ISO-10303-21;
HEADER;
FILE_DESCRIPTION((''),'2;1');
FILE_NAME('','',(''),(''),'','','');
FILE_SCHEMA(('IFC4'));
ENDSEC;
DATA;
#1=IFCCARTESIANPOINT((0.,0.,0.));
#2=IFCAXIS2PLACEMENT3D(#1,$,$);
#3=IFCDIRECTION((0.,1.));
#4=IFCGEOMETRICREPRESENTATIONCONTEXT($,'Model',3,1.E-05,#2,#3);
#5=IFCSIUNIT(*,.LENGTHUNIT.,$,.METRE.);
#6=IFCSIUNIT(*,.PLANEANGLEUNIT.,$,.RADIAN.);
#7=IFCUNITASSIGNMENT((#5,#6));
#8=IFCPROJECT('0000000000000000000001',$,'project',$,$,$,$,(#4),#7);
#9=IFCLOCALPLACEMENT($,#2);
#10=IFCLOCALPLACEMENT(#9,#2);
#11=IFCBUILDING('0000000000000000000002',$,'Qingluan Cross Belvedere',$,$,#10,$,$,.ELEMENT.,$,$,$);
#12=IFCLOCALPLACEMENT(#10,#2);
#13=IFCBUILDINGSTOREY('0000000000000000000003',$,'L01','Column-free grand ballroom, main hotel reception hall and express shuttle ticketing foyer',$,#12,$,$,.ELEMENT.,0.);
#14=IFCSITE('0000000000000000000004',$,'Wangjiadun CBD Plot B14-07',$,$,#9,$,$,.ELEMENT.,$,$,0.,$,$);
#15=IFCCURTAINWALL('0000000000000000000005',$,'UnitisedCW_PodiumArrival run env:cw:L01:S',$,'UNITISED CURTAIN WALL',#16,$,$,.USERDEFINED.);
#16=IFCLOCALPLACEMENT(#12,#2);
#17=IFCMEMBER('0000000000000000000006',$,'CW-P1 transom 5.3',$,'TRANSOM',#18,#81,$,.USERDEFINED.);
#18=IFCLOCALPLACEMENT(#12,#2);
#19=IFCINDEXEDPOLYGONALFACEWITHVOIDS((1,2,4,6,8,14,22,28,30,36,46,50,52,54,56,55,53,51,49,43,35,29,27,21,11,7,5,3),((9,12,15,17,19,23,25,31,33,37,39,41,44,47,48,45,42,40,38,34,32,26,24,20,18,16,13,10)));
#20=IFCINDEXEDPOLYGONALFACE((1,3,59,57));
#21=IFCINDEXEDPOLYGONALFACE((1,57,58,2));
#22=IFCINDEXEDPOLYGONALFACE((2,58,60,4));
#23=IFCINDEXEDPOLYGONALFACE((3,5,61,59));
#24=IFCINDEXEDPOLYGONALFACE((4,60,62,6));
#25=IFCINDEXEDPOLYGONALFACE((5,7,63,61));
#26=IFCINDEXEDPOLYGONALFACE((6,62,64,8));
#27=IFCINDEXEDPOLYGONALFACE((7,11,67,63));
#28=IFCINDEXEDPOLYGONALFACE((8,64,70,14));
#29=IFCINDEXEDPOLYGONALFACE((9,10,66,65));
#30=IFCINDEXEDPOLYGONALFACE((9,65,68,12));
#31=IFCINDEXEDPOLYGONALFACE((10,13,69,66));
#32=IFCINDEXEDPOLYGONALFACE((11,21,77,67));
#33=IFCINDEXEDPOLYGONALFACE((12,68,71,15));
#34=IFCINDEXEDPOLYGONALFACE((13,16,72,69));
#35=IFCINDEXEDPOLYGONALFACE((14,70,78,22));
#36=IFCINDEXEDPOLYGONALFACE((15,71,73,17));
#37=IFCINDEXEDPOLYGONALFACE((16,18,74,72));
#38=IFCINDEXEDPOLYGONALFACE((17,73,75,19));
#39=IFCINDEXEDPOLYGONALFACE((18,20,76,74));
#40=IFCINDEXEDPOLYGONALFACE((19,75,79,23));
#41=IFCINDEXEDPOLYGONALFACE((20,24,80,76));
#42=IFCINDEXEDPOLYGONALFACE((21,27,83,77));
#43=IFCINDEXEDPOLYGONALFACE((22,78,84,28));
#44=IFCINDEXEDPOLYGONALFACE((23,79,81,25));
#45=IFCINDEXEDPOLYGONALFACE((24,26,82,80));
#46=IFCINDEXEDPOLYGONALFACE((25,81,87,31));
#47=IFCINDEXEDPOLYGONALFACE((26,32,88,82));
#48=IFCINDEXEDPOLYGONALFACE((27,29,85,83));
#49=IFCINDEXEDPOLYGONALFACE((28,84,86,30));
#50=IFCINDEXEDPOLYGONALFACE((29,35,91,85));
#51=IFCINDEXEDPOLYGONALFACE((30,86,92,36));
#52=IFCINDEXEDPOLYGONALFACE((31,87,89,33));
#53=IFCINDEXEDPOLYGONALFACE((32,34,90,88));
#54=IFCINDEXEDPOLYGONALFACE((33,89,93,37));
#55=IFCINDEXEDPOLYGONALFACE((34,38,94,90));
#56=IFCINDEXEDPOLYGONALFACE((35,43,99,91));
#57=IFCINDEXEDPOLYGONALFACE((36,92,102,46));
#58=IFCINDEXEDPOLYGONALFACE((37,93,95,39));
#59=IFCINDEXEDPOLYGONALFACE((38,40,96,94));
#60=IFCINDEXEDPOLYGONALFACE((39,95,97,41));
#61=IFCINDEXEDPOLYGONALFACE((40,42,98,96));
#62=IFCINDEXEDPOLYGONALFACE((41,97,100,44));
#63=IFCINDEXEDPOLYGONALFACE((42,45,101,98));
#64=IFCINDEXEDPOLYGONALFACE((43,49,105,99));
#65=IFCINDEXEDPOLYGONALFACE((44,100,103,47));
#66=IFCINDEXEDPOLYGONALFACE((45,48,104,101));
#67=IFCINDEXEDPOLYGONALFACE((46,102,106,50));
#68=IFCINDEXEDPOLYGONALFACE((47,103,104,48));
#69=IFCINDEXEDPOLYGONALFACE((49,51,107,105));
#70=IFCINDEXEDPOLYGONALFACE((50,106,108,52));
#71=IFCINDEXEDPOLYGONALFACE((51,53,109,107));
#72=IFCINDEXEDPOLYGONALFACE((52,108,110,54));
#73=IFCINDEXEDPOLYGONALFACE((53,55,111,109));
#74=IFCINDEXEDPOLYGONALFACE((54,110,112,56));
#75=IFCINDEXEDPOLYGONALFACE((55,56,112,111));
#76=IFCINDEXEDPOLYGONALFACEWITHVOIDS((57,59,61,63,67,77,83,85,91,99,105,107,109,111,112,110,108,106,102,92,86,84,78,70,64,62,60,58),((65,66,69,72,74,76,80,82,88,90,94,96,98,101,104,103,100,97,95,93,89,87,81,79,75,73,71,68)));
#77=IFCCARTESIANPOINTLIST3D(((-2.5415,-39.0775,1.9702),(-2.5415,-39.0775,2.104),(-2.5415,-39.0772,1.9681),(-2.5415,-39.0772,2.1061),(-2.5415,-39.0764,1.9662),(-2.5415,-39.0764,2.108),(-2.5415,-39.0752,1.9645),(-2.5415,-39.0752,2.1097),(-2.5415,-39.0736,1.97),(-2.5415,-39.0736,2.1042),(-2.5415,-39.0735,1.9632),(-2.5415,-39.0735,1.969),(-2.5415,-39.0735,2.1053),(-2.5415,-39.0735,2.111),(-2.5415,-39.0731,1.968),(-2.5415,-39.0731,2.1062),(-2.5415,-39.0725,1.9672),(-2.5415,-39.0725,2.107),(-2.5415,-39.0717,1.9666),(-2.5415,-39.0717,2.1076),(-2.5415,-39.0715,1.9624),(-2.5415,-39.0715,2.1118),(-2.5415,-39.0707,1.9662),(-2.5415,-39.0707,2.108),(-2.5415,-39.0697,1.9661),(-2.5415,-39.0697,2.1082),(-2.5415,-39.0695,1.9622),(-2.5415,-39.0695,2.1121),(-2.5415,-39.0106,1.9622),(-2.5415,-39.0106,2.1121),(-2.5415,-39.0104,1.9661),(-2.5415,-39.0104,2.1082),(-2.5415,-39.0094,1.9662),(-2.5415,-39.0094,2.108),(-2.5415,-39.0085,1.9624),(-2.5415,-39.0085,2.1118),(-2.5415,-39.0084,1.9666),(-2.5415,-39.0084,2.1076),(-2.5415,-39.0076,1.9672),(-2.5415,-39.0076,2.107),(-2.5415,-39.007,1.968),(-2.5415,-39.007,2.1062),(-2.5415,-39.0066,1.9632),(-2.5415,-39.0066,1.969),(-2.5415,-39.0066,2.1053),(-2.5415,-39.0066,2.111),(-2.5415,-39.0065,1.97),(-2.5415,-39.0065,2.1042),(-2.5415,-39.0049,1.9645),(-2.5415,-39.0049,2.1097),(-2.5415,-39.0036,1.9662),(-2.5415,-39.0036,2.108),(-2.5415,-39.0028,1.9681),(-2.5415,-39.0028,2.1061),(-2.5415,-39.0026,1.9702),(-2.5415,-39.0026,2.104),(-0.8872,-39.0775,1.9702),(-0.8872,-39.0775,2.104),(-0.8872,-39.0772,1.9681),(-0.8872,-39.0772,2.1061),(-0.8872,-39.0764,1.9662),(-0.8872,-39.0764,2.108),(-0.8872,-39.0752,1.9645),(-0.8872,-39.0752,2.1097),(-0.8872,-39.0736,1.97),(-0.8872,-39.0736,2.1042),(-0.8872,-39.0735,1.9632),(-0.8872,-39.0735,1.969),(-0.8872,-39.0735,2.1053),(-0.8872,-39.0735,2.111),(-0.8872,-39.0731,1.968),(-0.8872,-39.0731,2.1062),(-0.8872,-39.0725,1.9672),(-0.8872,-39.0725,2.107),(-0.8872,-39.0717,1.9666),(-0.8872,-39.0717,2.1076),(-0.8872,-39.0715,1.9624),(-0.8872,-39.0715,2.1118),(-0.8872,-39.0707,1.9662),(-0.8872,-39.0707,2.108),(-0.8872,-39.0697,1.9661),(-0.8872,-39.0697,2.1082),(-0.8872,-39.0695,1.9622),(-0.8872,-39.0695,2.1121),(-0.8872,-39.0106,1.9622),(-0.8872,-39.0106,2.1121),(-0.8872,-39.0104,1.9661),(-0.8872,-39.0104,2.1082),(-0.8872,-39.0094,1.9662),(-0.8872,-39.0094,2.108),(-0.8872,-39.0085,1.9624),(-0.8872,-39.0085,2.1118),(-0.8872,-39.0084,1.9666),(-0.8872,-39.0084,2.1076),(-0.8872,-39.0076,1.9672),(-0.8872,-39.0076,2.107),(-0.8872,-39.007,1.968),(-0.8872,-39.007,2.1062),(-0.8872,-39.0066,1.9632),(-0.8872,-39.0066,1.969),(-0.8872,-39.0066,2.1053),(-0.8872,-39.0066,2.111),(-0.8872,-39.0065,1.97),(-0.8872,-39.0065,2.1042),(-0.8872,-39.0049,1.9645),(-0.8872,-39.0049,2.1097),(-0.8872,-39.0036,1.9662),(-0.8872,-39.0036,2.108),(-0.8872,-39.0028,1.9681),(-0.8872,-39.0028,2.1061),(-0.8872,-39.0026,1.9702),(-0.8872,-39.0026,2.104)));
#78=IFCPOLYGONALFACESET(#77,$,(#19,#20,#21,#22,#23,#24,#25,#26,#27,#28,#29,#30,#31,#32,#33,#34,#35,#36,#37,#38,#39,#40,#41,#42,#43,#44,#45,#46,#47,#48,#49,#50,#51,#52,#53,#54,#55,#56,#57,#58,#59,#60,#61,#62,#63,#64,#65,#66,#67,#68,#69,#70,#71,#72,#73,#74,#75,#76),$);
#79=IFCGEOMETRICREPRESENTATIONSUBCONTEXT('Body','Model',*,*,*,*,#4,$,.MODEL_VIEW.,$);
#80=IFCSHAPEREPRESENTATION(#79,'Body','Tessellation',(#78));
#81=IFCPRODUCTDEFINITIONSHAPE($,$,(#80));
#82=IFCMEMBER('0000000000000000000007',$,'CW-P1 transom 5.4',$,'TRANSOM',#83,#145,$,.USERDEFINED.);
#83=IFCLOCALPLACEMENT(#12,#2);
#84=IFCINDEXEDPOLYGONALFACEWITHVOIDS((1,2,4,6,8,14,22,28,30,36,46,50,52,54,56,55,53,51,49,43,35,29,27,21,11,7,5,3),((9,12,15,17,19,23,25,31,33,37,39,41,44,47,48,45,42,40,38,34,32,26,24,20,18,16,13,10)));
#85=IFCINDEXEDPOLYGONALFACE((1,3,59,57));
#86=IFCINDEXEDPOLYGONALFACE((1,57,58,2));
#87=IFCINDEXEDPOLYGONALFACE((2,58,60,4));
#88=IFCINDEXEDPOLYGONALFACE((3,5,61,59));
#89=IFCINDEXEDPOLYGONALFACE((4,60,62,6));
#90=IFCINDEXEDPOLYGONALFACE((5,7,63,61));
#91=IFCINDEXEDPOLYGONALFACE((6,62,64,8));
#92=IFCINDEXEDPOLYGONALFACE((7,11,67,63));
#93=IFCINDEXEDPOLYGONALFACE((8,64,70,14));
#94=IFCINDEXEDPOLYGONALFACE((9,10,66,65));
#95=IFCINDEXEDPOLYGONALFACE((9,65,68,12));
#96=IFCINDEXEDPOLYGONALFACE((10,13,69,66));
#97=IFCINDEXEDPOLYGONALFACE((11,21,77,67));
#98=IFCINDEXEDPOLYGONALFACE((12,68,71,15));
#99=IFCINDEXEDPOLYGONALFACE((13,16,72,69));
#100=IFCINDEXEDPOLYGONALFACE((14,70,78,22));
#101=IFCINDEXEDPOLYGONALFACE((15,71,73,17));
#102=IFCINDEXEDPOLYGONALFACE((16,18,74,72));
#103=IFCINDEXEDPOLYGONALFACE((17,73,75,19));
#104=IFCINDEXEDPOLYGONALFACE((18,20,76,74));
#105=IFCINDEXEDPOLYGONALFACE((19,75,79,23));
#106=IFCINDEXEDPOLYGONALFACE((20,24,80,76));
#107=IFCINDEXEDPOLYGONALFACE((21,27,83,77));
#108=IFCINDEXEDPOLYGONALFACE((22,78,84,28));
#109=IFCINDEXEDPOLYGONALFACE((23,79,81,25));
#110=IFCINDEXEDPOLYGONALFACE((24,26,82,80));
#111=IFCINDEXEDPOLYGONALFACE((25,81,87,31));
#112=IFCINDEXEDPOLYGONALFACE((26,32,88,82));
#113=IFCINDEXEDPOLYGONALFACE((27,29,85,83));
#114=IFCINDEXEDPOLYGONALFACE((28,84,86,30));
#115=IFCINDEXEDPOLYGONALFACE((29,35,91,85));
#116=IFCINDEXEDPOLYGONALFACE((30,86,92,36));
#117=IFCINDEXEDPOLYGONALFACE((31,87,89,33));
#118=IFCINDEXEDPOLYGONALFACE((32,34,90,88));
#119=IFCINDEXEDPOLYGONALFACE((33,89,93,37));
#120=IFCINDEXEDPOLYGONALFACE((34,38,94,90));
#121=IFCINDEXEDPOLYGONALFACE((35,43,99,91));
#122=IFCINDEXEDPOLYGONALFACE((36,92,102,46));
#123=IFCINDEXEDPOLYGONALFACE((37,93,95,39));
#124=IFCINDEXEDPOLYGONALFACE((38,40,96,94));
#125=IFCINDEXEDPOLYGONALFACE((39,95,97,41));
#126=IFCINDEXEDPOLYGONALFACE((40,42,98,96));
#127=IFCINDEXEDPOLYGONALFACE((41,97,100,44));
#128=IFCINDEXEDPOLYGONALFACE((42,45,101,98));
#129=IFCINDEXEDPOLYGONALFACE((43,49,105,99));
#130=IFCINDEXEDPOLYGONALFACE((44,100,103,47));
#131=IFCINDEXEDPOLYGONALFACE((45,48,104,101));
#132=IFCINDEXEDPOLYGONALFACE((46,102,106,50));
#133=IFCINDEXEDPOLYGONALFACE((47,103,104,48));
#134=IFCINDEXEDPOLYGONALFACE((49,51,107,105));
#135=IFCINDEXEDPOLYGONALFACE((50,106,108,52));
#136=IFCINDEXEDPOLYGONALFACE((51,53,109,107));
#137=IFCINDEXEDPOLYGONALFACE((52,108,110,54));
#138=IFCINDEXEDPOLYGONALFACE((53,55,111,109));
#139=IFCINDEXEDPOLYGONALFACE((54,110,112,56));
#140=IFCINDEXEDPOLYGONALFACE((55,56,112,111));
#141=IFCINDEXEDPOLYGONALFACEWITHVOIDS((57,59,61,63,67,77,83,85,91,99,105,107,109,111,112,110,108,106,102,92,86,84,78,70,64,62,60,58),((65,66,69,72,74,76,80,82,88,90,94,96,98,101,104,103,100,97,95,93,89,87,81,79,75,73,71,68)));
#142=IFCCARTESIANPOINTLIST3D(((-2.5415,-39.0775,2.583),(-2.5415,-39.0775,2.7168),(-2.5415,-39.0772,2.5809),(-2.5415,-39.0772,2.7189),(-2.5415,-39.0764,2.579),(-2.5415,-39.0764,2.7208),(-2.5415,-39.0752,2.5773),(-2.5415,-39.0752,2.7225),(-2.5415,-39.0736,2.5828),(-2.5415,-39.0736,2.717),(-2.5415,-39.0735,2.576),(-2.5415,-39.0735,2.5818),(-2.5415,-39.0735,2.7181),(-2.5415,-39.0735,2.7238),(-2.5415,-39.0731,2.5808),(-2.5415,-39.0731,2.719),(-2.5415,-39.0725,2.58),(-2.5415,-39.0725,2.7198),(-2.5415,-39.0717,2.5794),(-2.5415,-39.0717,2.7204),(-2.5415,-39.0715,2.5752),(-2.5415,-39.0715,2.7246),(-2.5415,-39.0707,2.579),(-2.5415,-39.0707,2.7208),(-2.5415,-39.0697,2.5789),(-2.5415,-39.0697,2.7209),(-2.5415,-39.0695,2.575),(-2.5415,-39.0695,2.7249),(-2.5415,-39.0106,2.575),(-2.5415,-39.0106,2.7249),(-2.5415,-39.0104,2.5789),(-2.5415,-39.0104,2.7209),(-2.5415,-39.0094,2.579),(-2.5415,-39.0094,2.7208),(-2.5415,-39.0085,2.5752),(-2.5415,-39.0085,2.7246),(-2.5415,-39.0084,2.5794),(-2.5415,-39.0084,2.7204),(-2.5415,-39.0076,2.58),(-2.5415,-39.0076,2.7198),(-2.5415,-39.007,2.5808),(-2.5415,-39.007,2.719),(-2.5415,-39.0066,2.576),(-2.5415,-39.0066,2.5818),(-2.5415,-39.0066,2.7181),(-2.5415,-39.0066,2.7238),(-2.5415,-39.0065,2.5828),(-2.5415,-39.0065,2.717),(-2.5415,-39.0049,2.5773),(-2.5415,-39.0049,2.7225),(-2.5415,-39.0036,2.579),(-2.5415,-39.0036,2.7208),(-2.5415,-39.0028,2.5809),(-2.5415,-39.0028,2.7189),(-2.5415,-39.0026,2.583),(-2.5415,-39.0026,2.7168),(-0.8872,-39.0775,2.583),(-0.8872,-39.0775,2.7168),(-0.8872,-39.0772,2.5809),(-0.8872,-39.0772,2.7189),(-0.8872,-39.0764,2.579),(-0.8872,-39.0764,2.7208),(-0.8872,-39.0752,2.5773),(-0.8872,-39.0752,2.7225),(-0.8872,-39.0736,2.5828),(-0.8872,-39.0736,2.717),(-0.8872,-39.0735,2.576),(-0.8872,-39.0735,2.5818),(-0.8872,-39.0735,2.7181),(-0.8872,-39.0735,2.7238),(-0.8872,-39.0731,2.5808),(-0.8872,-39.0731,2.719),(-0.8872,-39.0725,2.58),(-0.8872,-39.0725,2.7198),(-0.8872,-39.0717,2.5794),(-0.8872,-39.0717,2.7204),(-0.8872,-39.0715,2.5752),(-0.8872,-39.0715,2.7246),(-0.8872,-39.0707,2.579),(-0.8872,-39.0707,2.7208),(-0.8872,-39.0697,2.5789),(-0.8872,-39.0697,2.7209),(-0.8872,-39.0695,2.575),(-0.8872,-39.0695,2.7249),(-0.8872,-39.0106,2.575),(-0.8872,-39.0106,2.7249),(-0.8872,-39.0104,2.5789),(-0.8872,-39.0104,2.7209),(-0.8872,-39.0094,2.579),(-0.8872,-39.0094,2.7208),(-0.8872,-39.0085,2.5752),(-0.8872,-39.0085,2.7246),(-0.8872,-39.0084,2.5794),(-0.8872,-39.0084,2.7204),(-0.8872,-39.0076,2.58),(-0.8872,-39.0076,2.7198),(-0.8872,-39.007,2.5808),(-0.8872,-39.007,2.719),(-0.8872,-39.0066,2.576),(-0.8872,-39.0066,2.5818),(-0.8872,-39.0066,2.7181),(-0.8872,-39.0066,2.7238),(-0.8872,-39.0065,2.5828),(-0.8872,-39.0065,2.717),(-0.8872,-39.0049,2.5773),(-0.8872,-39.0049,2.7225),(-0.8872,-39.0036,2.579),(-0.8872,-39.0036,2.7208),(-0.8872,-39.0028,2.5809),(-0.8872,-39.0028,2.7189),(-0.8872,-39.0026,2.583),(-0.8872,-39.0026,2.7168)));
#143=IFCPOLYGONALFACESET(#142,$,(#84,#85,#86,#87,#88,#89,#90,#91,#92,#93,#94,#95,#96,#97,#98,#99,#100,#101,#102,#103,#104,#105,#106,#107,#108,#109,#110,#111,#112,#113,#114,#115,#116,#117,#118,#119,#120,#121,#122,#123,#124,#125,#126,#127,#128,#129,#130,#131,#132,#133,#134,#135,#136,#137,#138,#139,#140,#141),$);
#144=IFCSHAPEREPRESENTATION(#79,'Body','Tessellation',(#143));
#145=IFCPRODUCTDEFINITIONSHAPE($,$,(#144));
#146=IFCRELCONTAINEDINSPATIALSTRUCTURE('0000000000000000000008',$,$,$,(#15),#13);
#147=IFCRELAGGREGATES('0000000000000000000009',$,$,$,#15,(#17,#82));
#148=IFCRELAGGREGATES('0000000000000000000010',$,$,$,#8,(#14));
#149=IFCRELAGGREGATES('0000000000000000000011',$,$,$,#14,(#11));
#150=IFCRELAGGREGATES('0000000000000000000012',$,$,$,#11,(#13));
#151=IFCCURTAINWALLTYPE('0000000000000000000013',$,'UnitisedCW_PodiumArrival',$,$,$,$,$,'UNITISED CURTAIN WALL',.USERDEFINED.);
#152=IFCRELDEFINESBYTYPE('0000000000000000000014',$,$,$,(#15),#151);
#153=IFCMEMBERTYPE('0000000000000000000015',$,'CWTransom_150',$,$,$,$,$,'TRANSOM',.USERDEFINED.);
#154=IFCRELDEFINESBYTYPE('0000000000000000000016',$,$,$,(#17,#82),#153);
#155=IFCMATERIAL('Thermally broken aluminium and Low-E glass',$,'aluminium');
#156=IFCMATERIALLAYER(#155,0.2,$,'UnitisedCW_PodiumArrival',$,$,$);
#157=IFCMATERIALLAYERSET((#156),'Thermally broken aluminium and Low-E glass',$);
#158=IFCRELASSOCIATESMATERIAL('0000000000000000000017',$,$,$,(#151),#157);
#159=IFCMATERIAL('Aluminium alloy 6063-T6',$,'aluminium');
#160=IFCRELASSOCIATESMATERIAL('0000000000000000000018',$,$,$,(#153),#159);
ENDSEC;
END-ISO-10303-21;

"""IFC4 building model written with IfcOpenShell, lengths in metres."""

from ifc_helpers import new_model, si_unit, direction, frame, origin, origin_2d, place, context, subcontext, project, spatial, hollow_rectangle, extrude, material, layer, layer_set, material_profile, profile_set, type_object, element, aggregate, save


model = new_model("IFC4")

# Units and contexts
model_context = context("Model", 3, precision=1e-05, world=origin(), true_north=direction((0.0, 1.0)))
body_context = subcontext(model_context, "Body", "Model", "MODEL_VIEW")
ifc_project = project(units=[si_unit("LENGTHUNIT", "METRE"), si_unit("PLANEANGLEUNIT", "RADIAN")], contexts=[model_context])

# Site, building, storey
site_placement = place(None, origin())
site = spatial("IfcSite", under=ifc_project, at=site_placement, Name="Wangjiadun CBD Plot B14-07", CompositionType="ELEMENT", RefElevation=0.0)
building_placement = place(site_placement, origin())
building = spatial("IfcBuilding", under=site, at=building_placement, Name="Qingluan Cross Belvedere", CompositionType="ELEMENT")
storey_placement = place(building_placement, origin())
storey = spatial("IfcBuildingStorey", under=building, at=storey_placement, Name="L01", Description="Column-free grand ballroom, main hotel reception hall and express shuttle ticketing foyer", CompositionType="ELEMENT", Elevation=0.0)

# Curtain wall, members
ifc_material_1 = material(Name="Thermally broken aluminium and Low-E glass", Category="aluminium")
ifc_layer_1 = layer(ifc_material_1, 0.2, Name="UnitisedCW_PodiumArrival")
ifc_layer_set_1 = layer_set([ifc_layer_1], Name="Thermally broken aluminium and Low-E glass")
curtain_wall_type = type_object("IfcCurtainWallType", Name="UnitisedCW_PodiumArrival", ElementType="UNITISED CURTAIN WALL", PredefinedType="USERDEFINED", material=ifc_layer_set_1)
curtain_wall_placement = place(storey_placement, origin())
curtain_wall = element("IfcCurtainWall", 1, at=curtain_wall_placement, inside=storey, type_object=curtain_wall_type, Name="UnitisedCW_PodiumArrival run env:cw:L01:S", ObjectType="UNITISED CURTAIN WALL", PredefinedType="USERDEFINED")
ifc_material_2 = material(Name="Aluminium alloy 6063-T6", Category="aluminium")
ifc_material_profile_1 = material_profile(ifc_material_2, hollow_rectangle(XDim=0.075, YDim=0.1499, WallThickness=0.0039, InnerFilletRadius=0.0039, OuterFilletRadius=0.0081, at=origin_2d()), Name="CWT150x75x4")
ifc_profile_set_1 = profile_set([ifc_material_profile_1], Name="Aluminium alloy 6063-T6")
member_type_1 = type_object("IfcMemberType", Name="CWTransom_150", ElementType="TRANSOM", PredefinedType="USERDEFINED", material=ifc_profile_set_1)
member_1_placement = place(storey_placement, frame((-0.8872, -39.04, 2.0371), z_axis=(-1.0, 0.0, 0.0), x_axis=(0.0, -1.0, 0.0)))
member_1 = element("IfcMember", 2, at=member_1_placement, type_object=member_type_1, Name="CW-P1 transom 5.3", ObjectType="TRANSOM", PredefinedType="USERDEFINED", context=body_context, shape_type="SweptSolid", body=[
    extrude(hollow_rectangle(XDim=0.075, YDim=0.1499, WallThickness=0.0039, InnerFilletRadius=0.0039, OuterFilletRadius=0.0081, at=origin_2d()), origin(), (0.0, 0.0, 1.0), 1.6543),
])
member_2_placement = place(storey_placement, frame((-0.8872, -39.04, 2.6499), z_axis=(-1.0, 0.0, 0.0), x_axis=(0.0, -1.0, 0.0)))
member_2 = element("IfcMember", 3, at=member_2_placement, type_object=member_type_1, Name="CW-P1 transom 5.4", ObjectType="TRANSOM", PredefinedType="USERDEFINED", context=body_context, shape_type="SweptSolid", body=[
    extrude(hollow_rectangle(XDim=0.075, YDim=0.1499, WallThickness=0.0039, InnerFilletRadius=0.0039, OuterFilletRadius=0.0081, at=origin_2d()), origin(), (0.0, 0.0, 1.0), 1.6543),
])

aggregate(curtain_wall, [member_1, member_2])

save(model, "model.ifc")
